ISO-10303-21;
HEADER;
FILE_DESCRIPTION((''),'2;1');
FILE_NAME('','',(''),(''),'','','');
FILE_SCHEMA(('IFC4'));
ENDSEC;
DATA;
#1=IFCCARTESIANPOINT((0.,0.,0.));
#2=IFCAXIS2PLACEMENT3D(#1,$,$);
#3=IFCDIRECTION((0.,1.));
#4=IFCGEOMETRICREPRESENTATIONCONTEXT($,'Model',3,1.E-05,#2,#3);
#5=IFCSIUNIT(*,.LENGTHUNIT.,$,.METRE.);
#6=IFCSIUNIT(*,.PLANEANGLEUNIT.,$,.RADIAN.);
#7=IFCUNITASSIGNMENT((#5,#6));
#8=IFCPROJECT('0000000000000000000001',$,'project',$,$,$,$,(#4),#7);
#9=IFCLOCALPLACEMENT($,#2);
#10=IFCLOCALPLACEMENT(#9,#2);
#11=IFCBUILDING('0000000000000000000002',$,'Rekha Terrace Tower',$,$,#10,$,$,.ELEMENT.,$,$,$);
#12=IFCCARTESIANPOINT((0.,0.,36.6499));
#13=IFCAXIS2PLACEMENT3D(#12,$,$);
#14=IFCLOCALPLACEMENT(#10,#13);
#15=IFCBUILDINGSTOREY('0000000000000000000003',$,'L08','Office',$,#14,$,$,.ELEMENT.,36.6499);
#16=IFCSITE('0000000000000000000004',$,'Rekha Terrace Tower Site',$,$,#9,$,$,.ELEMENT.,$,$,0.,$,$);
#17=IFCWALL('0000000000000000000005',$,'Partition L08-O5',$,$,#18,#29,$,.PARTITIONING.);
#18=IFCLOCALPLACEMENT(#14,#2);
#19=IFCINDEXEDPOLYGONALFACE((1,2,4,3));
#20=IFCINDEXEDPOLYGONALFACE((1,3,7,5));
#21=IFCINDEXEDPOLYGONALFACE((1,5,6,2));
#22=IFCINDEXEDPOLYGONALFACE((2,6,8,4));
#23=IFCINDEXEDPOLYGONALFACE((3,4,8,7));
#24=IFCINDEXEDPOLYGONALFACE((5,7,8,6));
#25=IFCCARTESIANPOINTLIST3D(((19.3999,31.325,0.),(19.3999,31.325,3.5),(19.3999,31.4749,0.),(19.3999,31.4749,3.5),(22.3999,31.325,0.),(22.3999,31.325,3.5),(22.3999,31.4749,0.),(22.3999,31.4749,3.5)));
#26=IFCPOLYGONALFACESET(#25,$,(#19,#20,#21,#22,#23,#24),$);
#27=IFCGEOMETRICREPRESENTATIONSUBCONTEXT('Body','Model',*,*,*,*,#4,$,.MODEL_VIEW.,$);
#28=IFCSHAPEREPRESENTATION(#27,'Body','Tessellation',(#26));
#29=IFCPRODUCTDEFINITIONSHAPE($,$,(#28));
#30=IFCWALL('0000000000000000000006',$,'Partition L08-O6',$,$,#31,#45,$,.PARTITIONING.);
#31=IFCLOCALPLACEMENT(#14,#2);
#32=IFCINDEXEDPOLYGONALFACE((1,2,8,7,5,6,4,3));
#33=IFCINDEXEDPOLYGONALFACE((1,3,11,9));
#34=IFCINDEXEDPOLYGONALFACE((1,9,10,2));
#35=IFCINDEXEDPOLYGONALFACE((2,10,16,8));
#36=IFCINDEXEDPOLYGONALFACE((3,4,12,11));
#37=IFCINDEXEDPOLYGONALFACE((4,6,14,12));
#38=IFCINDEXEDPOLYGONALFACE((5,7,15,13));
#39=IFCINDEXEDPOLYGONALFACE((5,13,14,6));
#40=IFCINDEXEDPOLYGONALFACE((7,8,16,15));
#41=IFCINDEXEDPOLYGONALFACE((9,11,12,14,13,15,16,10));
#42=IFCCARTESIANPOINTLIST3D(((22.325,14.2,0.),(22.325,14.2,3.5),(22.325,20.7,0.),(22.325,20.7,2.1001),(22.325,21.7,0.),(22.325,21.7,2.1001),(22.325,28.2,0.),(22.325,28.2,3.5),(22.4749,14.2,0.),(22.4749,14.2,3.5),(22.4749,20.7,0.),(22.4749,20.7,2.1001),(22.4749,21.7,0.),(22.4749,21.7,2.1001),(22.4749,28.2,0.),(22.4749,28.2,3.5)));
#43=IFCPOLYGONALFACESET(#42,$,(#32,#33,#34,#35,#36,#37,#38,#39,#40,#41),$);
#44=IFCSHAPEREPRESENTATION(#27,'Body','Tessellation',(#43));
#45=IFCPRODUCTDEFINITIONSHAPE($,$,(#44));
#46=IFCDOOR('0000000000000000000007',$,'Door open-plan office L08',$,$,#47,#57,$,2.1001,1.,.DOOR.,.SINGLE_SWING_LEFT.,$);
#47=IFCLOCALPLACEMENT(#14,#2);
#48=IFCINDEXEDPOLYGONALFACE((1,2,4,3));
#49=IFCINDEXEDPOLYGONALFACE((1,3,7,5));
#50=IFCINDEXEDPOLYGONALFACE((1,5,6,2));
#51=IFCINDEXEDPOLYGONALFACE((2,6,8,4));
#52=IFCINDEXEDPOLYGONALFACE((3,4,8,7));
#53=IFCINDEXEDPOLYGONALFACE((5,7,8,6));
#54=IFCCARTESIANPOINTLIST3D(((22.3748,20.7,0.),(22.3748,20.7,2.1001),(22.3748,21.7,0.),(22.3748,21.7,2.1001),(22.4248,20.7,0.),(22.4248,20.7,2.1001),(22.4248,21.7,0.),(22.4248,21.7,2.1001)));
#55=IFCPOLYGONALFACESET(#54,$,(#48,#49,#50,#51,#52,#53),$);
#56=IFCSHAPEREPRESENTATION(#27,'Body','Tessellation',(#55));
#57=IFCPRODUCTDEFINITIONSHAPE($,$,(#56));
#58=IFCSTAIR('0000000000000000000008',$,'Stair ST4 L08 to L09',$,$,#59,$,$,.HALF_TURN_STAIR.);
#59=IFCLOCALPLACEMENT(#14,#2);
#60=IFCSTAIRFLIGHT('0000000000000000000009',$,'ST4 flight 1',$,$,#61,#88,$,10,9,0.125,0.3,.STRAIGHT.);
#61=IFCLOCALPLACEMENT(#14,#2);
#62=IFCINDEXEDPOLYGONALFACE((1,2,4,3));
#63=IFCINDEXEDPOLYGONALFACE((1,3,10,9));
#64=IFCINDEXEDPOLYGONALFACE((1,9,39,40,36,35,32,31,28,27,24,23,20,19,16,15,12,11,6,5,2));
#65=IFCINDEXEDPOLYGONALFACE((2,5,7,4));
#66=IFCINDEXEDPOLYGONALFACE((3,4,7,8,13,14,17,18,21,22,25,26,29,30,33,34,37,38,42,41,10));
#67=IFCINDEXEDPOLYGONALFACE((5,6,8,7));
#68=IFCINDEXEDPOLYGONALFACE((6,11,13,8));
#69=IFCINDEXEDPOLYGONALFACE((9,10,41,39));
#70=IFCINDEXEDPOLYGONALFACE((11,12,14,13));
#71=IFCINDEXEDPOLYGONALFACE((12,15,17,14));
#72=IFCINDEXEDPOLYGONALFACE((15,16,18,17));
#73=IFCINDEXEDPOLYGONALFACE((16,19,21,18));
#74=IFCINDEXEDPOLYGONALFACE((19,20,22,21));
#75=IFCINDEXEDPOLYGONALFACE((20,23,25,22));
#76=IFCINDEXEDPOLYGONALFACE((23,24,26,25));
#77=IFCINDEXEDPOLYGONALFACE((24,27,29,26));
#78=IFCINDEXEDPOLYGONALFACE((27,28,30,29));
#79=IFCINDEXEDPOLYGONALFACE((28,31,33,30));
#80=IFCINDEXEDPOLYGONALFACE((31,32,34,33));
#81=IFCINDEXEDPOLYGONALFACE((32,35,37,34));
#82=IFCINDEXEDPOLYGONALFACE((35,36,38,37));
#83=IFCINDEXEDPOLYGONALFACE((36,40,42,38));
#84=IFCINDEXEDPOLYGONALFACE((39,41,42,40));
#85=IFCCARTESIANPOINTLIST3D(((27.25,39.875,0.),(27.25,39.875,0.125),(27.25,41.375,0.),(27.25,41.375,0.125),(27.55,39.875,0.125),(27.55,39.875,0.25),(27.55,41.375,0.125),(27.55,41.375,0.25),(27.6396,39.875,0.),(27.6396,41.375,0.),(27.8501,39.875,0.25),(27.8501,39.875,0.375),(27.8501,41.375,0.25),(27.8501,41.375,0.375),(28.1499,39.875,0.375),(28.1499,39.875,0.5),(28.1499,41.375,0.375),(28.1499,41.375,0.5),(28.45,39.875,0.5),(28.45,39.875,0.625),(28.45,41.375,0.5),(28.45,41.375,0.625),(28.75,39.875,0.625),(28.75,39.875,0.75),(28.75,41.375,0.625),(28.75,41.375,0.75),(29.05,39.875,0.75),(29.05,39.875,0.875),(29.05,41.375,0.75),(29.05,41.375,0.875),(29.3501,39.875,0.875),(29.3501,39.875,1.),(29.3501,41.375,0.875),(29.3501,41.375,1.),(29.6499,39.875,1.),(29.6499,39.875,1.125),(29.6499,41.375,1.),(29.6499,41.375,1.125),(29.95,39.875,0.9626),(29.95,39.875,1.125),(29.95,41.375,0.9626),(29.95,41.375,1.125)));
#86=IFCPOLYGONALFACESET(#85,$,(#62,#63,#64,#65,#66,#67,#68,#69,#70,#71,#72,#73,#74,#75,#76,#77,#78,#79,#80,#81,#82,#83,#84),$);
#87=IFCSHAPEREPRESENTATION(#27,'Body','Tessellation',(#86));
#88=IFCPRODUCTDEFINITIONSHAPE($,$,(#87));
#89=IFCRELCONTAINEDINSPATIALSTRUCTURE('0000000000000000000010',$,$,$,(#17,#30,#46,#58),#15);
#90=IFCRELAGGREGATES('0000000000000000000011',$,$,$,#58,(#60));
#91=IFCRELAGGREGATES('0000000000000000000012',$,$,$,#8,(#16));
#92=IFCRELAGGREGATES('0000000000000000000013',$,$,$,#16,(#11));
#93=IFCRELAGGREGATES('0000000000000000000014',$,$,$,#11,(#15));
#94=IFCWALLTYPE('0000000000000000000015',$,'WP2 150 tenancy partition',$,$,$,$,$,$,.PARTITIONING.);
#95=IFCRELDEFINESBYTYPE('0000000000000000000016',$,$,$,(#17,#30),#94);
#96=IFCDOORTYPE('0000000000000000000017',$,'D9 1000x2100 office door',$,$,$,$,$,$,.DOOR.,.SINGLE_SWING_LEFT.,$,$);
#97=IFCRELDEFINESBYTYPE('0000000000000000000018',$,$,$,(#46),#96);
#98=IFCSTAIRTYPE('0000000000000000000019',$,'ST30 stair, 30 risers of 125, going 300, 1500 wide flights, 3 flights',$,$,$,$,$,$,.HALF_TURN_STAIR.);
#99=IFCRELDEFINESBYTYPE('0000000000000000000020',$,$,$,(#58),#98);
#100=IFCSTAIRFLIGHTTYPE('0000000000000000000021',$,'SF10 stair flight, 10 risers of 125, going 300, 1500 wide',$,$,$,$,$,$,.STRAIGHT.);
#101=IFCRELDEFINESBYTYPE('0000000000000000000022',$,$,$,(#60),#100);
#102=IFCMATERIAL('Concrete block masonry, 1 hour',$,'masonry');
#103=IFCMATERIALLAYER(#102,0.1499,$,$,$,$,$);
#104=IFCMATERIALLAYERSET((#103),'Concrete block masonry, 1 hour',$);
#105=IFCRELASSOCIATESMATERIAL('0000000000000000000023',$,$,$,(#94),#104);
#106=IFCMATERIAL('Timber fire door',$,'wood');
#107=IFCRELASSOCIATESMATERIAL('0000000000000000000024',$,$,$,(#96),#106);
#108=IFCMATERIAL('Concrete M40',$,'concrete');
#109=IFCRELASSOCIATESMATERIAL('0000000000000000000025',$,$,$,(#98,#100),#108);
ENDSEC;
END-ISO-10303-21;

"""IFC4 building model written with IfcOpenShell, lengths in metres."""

from ifc_helpers import new_model, si_unit, direction, frame, frame_2d, origin, place, context, subcontext, project, spatial, polyline, rectangle, outline, extrude, material, layer, layer_set, type_object, element, fill, aggregate, save


model = new_model("IFC4")

# Units and contexts
model_context = context("Model", 3, precision=1e-05, world=origin(), true_north=direction((0.0, 1.0)))
body_context = subcontext(model_context, "Body", "Model", "MODEL_VIEW")
ifc_project = project(units=[si_unit("LENGTHUNIT", "METRE"), si_unit("PLANEANGLEUNIT", "RADIAN")], contexts=[model_context])

# Site, building, storey
site_placement = place(None, origin())
site = spatial("IfcSite", under=ifc_project, at=site_placement, Name="Rekha Terrace Tower Site", CompositionType="ELEMENT", RefElevation=0.0)
building_placement = place(site_placement, origin())
building = spatial("IfcBuilding", under=site, at=building_placement, Name="Rekha Terrace Tower", CompositionType="ELEMENT")
storey_placement = place(building_placement, frame((0.0, 0.0, 36.6499)))
storey = spatial("IfcBuildingStorey", under=building, at=storey_placement, Name="L08", Description="Office", CompositionType="ELEMENT", Elevation=36.6499)

# Wall
ifc_material_1 = material(Name="Concrete block masonry, 1 hour", Category="masonry")
ifc_layer_1 = layer(ifc_material_1, 0.1499)
ifc_layer_set_1 = layer_set([ifc_layer_1], Name="Concrete block masonry, 1 hour")
wall_type_1 = type_object("IfcWallType", Name="WP2 150 tenancy partition", PredefinedType="PARTITIONING", material=ifc_layer_set_1)
wall_1_placement = place(storey_placement, frame((19.3999, 31.3999, 0.0), z_axis=(0.0, 0.0, 1.0), x_axis=(1.0, 0.0, 0.0)))
element("IfcWall", 1, at=wall_1_placement, inside=storey, type_object=wall_type_1, Name="Partition L08-O5", PredefinedType="PARTITIONING", context=body_context, shape_type="SweptSolid", body=[
    extrude(rectangle(XDim=3.0, YDim=0.1499, at=frame_2d((1.5, 0.0))), origin(), (0.0, 0.0, 1.0), 3.5),
])

# Wall, opening, door
wall_2_placement = place(storey_placement, frame((22.3999, 28.2, 0.0), z_axis=(0.0, 0.0, 1.0), x_axis=(0.0, -1.0, 0.0)))
wall_2 = element("IfcWall", 2, at=wall_2_placement, inside=storey, type_object=wall_type_1, Name="Partition L08-O6", PredefinedType="PARTITIONING", context=body_context, shape_type="SweptSolid", body=[
    extrude(rectangle(XDim=14.0, YDim=0.1499, at=frame_2d((7.0, 0.0))), origin(), (0.0, 0.0, 1.0), 3.5),
])
opening_1_placement = place(wall_2_placement, frame((6.5, 0.0, 0.0)))
opening_1 = element("IfcOpeningElement", 3, at=opening_1_placement, cuts=wall_2, PredefinedType="OPENING", context=body_context, shape_type="SweptSolid", body=[
    extrude(rectangle(XDim=1.0, YDim=2.1001, at=frame_2d((0.5, 1.05))), frame((0.0, 0.085, 0.0), z_axis=(0.0, -1.0, 0.0), x_axis=(1.0, 0.0, 0.0)), (0.0, 0.0, 1.0), 0.1699),
])
ifc_material_2 = material(Name="Timber fire door", Category="wood")
door_type_1 = type_object("IfcDoorType", Name="D9 1000x2100 office door", OperationType="SINGLE_SWING_LEFT", PredefinedType="DOOR", material=ifc_material_2)
door_1_placement = place(opening_1_placement, origin())
door_1 = element("IfcDoor", 4, at=door_1_placement, inside=storey, type_object=door_type_1, Name="Door open-plan office L08", OperationType="SINGLE_SWING_LEFT", OverallHeight=2.1001, OverallWidth=1.0, PredefinedType="DOOR", context=body_context, shape_type="SweptSolid", body=[
    extrude(rectangle(XDim=1.0, YDim=2.1001, at=frame_2d((0.5, 1.05))), frame((0.0, 0.0249, 0.0), z_axis=(0.0, -1.0, 0.0), x_axis=(1.0, 0.0, 0.0)), (0.0, 0.0, 1.0), 0.05),
])
fill(opening_1, door_1)

# Stair, stair flight
ifc_material_3 = material(Name="Concrete M40", Category="concrete")
stair_type = type_object("IfcStairType", Name="ST30 stair, 30 risers of 125, going 300, 1500 wide flights, 3 flights", PredefinedType="HALF_TURN_STAIR", material=ifc_material_3)
stair_placement = place(storey_placement, origin())
stair = element("IfcStair", 5, at=stair_placement, inside=storey, type_object=stair_type, Name="Stair ST4 L08 to L09", PredefinedType="HALF_TURN_STAIR")
stair_flight_type = type_object("IfcStairFlightType", Name="SF10 stair flight, 10 risers of 125, going 300, 1500 wide", PredefinedType="STRAIGHT", material=ifc_material_3)
stair_flight_placement = place(storey_placement, frame((27.25, 40.625, 0.0), z_axis=(0.0, 0.0, 1.0), x_axis=(1.0, 0.0, 0.0)))
stair_flight = element("IfcStairFlight", 6, at=stair_flight_placement, type_object=stair_flight_type, Name="ST4 flight 1", NumberOfRisers=10, NumberOfTreads=9, PredefinedType="STRAIGHT", RiserHeight=0.125, TreadLength=0.3, context=body_context, shape_type="SweptSolid", body=[
    extrude(outline(polyline([(0.0, 0.0), (0.0, 0.125), (0.3, 0.125), (0.3, 0.25), (0.6001, 0.25), (0.6001, 0.375), (0.8999, 0.375), (0.8999, 0.5), (1.2, 0.5), (1.2, 0.625), (1.5, 0.625), (1.5, 0.75), (1.8, 0.75), (1.8, 0.875), (2.1001, 0.875), (2.1001, 1.0), (2.3999, 1.0), (2.3999, 1.125), (2.7, 1.125), (2.7, 1.25), (2.7, 0.9626), (0.3896, 0.0), (0.0, 0.0)])), frame((0.0, 0.75, 0.0), z_axis=(0.0, -1.0, 0.0), x_axis=(1.0, 0.0, 0.0)), (0.0, 0.0, 1.0), 1.5),
])
aggregate(stair, [stair_flight])

save(model, "model.ifc")
